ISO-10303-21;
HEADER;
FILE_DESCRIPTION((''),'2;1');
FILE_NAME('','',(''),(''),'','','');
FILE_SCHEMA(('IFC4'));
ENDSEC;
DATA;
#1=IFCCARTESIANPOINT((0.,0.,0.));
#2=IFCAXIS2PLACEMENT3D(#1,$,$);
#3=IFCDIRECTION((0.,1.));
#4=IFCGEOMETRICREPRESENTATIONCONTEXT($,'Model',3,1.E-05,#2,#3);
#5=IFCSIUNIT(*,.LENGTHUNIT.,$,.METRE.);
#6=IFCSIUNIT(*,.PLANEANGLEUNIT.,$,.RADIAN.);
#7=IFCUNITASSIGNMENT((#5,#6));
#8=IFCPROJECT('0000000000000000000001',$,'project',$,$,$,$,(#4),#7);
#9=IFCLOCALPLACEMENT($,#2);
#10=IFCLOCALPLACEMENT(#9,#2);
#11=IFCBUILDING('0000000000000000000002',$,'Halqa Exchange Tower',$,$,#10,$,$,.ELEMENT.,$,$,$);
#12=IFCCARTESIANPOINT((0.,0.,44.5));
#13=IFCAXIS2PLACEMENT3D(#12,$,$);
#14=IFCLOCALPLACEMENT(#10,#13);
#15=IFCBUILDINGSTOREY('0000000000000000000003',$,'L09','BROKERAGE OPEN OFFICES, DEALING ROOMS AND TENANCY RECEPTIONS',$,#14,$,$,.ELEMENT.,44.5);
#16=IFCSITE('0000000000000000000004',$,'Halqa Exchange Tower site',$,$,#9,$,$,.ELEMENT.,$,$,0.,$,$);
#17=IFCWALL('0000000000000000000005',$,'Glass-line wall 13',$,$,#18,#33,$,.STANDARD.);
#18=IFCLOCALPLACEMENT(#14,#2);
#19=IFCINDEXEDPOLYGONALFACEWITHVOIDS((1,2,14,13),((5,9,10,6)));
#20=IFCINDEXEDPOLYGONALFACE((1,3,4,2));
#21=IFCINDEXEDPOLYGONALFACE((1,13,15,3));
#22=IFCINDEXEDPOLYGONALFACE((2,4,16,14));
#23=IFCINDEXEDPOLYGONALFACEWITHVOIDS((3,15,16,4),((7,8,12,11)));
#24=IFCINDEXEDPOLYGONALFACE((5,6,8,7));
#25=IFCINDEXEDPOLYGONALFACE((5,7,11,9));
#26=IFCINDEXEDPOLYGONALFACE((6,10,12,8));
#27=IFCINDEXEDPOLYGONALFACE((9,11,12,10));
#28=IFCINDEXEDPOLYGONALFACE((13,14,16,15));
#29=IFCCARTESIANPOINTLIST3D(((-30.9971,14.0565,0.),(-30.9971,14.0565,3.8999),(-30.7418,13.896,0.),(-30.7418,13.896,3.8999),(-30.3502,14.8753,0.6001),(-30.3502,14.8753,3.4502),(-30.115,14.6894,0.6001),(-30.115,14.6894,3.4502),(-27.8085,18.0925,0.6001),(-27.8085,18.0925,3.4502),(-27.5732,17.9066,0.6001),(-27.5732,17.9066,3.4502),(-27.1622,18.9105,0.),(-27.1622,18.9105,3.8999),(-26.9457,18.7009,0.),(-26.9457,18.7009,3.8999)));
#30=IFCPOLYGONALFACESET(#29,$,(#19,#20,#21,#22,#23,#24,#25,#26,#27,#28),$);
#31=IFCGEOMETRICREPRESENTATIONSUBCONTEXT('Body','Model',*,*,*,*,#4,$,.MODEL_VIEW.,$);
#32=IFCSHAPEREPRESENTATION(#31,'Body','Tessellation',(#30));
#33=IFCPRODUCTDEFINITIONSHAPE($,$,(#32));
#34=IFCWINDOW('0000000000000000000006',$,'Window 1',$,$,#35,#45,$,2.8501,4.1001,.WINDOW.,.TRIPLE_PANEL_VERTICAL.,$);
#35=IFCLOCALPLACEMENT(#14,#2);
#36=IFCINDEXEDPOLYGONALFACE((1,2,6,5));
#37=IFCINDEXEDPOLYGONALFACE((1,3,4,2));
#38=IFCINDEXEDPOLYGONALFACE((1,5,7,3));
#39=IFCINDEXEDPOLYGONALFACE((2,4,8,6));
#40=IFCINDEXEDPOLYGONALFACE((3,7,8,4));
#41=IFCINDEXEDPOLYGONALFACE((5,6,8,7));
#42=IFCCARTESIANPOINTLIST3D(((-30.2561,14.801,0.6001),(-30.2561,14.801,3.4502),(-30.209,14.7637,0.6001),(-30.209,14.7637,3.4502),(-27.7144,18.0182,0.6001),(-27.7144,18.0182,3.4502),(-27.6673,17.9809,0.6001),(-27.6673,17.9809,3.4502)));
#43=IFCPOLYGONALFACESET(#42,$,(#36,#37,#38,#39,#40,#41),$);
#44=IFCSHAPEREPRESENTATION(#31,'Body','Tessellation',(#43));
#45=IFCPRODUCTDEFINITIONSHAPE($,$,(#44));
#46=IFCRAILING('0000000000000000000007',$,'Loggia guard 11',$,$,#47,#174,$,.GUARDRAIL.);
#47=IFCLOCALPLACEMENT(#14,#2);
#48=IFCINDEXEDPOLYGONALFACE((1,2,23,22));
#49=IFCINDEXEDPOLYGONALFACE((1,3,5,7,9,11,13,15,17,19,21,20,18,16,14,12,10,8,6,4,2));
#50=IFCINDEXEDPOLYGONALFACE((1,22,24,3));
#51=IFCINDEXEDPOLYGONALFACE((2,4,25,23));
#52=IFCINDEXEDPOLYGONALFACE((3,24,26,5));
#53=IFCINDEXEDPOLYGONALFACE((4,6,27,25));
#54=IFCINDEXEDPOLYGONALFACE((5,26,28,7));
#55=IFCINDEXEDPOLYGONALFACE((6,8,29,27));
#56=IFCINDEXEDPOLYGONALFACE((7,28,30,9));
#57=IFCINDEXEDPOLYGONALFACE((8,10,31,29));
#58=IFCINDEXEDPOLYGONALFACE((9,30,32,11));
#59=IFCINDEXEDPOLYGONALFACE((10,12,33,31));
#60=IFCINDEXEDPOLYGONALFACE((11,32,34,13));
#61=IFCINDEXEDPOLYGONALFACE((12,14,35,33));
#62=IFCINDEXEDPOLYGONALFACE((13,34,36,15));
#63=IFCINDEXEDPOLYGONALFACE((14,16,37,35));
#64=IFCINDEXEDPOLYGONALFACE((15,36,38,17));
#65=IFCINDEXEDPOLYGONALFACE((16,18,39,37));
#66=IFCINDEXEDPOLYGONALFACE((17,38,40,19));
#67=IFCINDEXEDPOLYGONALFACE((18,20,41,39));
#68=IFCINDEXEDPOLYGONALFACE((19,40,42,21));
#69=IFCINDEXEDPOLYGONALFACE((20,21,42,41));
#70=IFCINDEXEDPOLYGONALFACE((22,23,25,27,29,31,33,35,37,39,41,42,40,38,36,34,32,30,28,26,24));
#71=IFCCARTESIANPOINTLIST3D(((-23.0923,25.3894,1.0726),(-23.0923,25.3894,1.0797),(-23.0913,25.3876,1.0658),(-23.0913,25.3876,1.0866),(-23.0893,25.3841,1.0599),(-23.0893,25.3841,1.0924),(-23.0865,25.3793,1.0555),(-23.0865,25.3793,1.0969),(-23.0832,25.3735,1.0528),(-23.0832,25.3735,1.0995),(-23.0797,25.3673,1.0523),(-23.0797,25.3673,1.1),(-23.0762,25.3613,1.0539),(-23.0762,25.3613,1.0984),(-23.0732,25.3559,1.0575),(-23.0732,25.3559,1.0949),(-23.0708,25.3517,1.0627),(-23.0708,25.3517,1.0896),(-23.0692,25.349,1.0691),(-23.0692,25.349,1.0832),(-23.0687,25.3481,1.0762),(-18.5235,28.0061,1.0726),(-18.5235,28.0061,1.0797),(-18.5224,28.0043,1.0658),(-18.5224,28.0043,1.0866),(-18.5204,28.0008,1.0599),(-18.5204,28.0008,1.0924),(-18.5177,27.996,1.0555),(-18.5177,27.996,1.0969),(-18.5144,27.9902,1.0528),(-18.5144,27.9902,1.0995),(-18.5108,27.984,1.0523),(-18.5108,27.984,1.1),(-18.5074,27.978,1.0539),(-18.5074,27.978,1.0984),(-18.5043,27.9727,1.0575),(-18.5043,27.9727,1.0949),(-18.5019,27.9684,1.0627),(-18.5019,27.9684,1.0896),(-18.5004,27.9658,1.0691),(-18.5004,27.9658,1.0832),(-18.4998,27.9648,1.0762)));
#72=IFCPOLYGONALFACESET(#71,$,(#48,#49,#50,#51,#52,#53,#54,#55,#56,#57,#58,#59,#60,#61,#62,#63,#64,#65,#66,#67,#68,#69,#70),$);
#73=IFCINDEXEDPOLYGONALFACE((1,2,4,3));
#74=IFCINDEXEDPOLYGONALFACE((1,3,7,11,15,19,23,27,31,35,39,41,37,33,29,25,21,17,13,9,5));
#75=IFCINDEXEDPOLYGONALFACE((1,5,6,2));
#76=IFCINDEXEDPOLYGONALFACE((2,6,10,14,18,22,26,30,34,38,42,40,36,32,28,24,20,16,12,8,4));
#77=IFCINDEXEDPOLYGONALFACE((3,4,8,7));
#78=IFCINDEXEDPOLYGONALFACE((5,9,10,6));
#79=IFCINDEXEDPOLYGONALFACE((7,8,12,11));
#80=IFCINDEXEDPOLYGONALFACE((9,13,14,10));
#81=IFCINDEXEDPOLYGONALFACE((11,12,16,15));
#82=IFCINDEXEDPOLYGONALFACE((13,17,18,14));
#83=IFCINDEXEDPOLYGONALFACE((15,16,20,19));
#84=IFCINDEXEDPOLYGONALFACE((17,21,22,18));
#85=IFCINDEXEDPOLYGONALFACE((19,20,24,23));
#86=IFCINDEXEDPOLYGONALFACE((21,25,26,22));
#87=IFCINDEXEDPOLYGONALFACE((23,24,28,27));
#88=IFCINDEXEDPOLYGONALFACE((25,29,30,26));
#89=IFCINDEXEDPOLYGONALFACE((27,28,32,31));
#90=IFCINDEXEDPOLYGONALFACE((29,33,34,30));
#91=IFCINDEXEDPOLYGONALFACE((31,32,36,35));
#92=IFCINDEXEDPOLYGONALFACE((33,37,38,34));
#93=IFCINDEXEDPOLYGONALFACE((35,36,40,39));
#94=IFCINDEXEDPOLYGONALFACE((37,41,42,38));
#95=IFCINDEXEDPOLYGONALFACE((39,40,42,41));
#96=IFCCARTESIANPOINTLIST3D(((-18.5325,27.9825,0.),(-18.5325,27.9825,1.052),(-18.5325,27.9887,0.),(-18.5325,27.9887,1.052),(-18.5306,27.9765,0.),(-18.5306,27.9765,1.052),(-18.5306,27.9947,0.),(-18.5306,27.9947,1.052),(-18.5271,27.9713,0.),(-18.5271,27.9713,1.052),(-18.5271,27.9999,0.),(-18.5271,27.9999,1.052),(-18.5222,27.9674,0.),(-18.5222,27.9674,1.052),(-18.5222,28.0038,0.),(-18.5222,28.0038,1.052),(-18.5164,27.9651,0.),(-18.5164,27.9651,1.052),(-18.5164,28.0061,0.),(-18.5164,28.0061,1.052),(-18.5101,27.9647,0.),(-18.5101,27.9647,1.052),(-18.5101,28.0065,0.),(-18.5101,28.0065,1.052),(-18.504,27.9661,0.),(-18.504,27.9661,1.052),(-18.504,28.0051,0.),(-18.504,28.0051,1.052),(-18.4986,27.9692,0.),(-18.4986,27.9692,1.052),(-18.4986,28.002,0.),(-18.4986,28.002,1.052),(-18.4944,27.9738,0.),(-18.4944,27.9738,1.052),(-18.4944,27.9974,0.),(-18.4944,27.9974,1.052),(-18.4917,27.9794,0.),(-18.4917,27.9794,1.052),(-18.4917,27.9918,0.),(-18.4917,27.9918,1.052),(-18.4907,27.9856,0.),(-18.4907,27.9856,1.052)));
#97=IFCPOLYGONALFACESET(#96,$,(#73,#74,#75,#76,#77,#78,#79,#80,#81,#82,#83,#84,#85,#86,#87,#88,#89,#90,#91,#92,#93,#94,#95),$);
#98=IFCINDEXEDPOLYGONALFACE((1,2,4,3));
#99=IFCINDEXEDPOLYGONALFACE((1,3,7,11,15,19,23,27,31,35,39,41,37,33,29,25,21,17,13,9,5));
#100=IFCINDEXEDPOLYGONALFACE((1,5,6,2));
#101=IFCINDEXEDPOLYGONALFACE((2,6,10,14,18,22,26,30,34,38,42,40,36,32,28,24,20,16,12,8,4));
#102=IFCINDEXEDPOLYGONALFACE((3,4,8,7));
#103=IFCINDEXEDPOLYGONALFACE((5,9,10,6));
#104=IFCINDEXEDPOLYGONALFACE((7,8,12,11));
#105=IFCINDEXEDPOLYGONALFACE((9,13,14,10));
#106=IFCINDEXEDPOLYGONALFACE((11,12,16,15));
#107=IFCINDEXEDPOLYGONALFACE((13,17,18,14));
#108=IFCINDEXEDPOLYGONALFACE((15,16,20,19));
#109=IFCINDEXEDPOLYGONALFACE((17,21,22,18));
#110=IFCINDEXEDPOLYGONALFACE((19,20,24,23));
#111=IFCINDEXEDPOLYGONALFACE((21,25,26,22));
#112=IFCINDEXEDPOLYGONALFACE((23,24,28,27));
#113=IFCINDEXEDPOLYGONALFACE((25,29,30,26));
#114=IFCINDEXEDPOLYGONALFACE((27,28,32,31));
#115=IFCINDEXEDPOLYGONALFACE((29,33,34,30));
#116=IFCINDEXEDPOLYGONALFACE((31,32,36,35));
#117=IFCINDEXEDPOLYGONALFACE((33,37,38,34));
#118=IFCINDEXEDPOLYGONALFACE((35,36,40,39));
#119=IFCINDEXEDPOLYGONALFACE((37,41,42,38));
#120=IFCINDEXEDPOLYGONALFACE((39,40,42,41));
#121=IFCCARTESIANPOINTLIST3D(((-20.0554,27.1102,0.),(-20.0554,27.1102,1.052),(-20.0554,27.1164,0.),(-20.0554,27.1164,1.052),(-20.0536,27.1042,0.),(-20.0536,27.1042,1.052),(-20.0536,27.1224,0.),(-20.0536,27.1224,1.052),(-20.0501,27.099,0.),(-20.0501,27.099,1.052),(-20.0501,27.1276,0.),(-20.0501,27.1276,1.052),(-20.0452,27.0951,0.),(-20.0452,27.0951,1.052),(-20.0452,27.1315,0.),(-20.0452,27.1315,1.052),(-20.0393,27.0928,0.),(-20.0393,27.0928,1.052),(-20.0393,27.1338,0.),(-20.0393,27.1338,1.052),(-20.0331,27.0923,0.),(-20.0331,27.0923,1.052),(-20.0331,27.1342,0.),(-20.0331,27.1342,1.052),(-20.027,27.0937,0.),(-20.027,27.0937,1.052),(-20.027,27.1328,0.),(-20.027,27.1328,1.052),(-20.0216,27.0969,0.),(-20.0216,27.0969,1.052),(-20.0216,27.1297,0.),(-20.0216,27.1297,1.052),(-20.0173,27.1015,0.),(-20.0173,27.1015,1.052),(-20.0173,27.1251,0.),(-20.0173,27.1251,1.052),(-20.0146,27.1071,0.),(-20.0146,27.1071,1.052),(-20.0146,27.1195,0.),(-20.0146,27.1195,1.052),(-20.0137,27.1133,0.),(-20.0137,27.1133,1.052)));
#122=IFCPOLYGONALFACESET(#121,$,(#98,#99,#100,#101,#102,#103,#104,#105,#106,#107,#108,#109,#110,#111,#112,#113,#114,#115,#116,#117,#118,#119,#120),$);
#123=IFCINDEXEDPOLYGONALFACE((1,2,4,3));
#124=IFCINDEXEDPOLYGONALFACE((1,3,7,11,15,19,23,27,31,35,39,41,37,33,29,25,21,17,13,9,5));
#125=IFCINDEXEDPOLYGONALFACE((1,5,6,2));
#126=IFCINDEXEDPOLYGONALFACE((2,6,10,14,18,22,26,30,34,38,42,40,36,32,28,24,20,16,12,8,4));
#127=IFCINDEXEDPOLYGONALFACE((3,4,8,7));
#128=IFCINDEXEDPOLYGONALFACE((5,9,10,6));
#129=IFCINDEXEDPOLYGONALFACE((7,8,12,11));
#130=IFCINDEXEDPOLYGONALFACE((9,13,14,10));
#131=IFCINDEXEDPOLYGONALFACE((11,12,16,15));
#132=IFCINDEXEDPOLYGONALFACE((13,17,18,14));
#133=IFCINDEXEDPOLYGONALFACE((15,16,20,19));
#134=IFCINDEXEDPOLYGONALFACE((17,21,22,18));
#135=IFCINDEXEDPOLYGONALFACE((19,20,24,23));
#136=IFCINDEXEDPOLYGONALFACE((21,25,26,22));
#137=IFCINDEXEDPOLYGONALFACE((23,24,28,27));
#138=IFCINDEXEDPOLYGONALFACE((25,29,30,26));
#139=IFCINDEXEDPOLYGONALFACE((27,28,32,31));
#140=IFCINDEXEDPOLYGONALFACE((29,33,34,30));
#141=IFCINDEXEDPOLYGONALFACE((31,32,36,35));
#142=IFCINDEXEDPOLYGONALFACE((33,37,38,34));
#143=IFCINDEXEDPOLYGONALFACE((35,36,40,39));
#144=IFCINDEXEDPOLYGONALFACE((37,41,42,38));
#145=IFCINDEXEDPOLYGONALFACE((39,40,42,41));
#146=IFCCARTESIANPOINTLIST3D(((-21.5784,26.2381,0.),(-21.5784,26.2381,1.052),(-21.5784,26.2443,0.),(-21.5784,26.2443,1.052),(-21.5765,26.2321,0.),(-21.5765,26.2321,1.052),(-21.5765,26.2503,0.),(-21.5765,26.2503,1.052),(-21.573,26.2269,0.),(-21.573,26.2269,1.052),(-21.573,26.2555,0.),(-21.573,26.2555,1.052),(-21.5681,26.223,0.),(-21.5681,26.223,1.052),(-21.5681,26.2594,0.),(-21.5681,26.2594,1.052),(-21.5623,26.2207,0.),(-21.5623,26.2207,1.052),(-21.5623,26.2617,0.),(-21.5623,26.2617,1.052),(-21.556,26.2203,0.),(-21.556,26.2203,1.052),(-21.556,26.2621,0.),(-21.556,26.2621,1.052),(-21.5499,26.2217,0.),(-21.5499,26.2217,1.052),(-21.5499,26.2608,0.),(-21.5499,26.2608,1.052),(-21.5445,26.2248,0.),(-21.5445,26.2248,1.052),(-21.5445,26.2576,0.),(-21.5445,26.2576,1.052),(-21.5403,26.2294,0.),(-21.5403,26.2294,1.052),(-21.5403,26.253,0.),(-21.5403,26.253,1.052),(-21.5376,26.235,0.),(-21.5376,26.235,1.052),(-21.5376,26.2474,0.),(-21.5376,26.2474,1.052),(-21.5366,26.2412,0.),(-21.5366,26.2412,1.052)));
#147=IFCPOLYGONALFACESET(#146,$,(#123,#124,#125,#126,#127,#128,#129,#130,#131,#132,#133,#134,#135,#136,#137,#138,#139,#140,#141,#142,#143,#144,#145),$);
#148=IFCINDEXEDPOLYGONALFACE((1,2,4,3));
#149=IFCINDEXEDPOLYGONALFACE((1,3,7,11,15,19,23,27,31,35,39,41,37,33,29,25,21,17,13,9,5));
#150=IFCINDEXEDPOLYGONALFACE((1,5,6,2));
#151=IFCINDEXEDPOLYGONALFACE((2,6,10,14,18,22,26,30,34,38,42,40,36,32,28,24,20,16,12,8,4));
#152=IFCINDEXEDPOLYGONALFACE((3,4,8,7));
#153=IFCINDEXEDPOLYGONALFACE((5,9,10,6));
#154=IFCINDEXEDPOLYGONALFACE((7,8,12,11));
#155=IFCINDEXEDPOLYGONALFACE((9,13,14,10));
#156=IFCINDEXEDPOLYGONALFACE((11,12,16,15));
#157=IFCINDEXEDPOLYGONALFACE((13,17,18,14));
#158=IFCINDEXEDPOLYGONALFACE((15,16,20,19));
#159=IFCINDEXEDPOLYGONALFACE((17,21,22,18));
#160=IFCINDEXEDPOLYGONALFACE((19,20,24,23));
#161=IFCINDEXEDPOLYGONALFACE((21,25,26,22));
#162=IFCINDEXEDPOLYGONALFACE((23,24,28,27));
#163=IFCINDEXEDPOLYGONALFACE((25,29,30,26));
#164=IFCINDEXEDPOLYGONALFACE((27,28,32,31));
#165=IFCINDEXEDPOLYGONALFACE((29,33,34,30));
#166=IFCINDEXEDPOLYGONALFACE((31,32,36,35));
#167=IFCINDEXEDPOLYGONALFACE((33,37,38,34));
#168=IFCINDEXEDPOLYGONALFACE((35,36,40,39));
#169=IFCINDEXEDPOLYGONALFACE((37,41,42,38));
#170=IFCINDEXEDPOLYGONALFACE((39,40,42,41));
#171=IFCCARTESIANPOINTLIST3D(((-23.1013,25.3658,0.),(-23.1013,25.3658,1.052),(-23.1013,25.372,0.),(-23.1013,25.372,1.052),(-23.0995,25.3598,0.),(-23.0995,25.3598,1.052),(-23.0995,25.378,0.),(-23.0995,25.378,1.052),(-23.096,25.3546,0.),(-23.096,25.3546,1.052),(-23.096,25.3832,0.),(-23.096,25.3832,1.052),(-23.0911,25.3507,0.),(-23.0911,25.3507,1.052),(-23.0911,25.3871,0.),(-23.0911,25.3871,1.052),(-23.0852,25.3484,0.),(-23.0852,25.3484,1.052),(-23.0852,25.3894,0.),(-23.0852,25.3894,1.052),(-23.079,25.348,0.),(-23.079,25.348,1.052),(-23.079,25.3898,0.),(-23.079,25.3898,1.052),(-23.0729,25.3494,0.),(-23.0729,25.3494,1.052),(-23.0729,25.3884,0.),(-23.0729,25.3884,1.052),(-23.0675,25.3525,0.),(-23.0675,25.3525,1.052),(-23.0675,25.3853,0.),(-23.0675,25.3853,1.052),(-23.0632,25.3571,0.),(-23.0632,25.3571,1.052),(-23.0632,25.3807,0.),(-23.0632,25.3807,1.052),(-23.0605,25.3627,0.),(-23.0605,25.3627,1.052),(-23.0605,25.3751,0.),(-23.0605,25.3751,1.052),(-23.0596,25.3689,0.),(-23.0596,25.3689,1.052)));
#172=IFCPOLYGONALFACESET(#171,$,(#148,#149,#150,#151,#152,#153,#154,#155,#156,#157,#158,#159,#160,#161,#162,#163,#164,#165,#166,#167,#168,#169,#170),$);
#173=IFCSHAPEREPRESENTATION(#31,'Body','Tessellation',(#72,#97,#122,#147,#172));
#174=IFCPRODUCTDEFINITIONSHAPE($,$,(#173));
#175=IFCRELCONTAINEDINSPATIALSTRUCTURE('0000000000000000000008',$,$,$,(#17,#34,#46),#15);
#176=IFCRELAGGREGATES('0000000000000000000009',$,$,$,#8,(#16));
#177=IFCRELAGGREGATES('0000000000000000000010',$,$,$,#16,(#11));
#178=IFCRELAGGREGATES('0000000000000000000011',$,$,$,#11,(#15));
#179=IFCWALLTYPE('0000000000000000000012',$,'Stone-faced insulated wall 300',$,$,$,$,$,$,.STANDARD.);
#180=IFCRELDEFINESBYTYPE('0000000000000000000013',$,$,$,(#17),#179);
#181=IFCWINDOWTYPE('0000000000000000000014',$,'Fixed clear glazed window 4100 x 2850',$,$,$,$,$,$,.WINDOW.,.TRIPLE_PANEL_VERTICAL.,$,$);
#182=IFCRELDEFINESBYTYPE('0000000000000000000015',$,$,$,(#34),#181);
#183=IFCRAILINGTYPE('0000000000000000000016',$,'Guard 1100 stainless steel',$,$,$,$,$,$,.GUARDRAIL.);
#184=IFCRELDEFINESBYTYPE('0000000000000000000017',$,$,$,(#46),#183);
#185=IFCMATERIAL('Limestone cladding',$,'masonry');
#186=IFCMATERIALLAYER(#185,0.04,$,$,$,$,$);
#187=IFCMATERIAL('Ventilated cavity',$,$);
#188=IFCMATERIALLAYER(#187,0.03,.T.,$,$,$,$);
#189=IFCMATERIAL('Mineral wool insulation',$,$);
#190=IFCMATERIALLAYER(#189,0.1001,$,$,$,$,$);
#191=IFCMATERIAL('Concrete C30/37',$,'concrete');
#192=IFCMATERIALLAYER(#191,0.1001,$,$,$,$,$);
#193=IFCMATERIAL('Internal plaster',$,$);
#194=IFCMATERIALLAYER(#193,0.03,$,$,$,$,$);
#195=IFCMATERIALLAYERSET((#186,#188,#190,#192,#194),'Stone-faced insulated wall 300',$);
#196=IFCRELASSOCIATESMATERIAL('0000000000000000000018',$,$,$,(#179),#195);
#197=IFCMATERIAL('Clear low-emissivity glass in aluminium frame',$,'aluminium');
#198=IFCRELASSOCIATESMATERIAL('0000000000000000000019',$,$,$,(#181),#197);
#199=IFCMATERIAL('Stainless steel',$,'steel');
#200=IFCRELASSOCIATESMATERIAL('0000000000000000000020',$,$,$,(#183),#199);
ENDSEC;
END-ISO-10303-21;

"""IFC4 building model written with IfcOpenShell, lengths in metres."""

from ifc_helpers import new_model, si_unit, direction, frame, frame_2d, origin, origin_2d, place, context, subcontext, project, spatial, polyline, rectangle, circle, outline, extrude, material, layer, layer_set, type_object, element, fill, save


model = new_model("IFC4")

# Units and contexts
model_context = context("Model", 3, precision=1e-05, world=origin(), true_north=direction((0.0, 1.0)))
body_context = subcontext(model_context, "Body", "Model", "MODEL_VIEW")
ifc_project = project(units=[si_unit("LENGTHUNIT", "METRE"), si_unit("PLANEANGLEUNIT", "RADIAN")], contexts=[model_context])

# Site, building, storey
site_placement = place(None, origin())
site = spatial("IfcSite", under=ifc_project, at=site_placement, Name="Halqa Exchange Tower site", CompositionType="ELEMENT", RefElevation=0.0)
building_placement = place(site_placement, origin())
building = spatial("IfcBuilding", under=site, at=building_placement, Name="Halqa Exchange Tower", CompositionType="ELEMENT")
storey_placement = place(building_placement, frame((0.0, 0.0, 44.5)))
storey = spatial("IfcBuildingStorey", under=building, at=storey_placement, Name="L09", Description="BROKERAGE OPEN OFFICES, DEALING ROOMS AND TENANCY RECEPTIONS", CompositionType="ELEMENT", Elevation=44.5)

# Shared definitions
ifc_material_1 = material(Name="Limestone cladding", Category="masonry")
ifc_layer_1 = layer(ifc_material_1, 0.04)
ifc_material_2 = material(Name="Ventilated cavity")
ifc_layer_2 = layer(ifc_material_2, 0.03, ventilated=True)
ifc_material_3 = material(Name="Mineral wool insulation")
ifc_layer_3 = layer(ifc_material_3, 0.1001)
ifc_material_4 = material(Name="Concrete C30/37", Category="concrete")
ifc_layer_4 = layer(ifc_material_4, 0.1001)
ifc_material_5 = material(Name="Internal plaster")
ifc_layer_5 = layer(ifc_material_5, 0.03)
ifc_layer_set_1 = layer_set([ifc_layer_1, ifc_layer_2, ifc_layer_3, ifc_layer_4, ifc_layer_5], Name="Stone-faced insulated wall 300")
wall_type_1 = type_object("IfcWallType", Name="Stone-faced insulated wall 300", PredefinedType="STANDARD", material=ifc_layer_set_1)
ifc_material_6 = material(Name="Clear low-emissivity glass in aluminium frame", Category="aluminium")
window_type = type_object("IfcWindowType", Name="Fixed clear glazed window 4100 x 2850", PartitioningType="TRIPLE_PANEL_VERTICAL", PredefinedType="WINDOW", material=ifc_material_6)

# Wall, opening, window
wall_1_placement = place(storey_placement, frame((-27.054, 18.8057, 0.0), z_axis=(0.0, 0.0, 1.0), x_axis=(-0.619923, -0.784662, 0.0)))
wall_1 = element("IfcWall", 1, at=wall_1_placement, inside=storey, type_object=wall_type_1, Name="Glass-line wall 13", PredefinedType="STANDARD", context=body_context, shape_type="SweptSolid", body=[
    extrude(outline(polyline([(-0.0151, -0.1499), (6.1709, -0.1499), (6.1387, 0.1499), (0.0151, 0.1499), (-0.0151, -0.1499)])), origin(), (0.0, 0.0, 1.0), 3.8999),
])
opening_1_placement = place(wall_1_placement, frame((1.0273, 0.0, 0.6001)))
opening_1 = element("IfcOpeningElement", 2, at=opening_1_placement, cuts=wall_1, PredefinedType="OPENING", context=body_context, shape_type="SweptSolid", body=[
    extrude(rectangle(XDim=4.1001, YDim=2.8501, at=frame_2d((2.05, 1.425))), frame((0.0, 0.1621, 0.0), z_axis=(0.0, -1.0, 0.0), x_axis=(1.0, 0.0, 0.0)), (0.0, 0.0, 1.0), 0.324),
])
window_1_placement = place(opening_1_placement, origin())
window_1 = element("IfcWindow", 3, at=window_1_placement, inside=storey, type_object=window_type, Name="Window 1", OverallHeight=2.8501, OverallWidth=4.1001, PartitioningType="TRIPLE_PANEL_VERTICAL", PredefinedType="WINDOW", context=body_context, shape_type="SweptSolid", body=[
    extrude(rectangle(XDim=4.1001, YDim=2.8501, at=frame_2d((2.05, 1.425))), frame((0.0, 0.03, 0.0), z_axis=(0.0, -1.0, 0.0), x_axis=(1.0, 0.0, 0.0)), (0.0, 0.0, 1.0), 0.0601),
])
fill(opening_1, window_1)

# Railing
ifc_material_7 = material(Name="Stainless steel", Category="steel")
railing_type = type_object("IfcRailingType", Name="Guard 1100 stainless steel", PredefinedType="GUARDRAIL", material=ifc_material_7)
railing_1_placement = place(storey_placement, frame((-18.5117, 27.9856, 0.0)))
element("IfcRailing", 4, at=railing_1_placement, inside=storey, type_object=railing_type, Name="Loggia guard 11", PredefinedType="GUARDRAIL", context=body_context, shape_type="SweptSolid", body=[
    extrude(circle(Radius=0.0239, at=origin_2d()), frame((0.0, 0.0, 1.0762), z_axis=(-0.867758, -0.496988, 0.0), x_axis=(0.496988, -0.867758, 0.0)), (0.0, 0.0, 1.0), 5.2651),
    extrude(circle(Radius=0.021, at=origin_2d()), origin(), (0.0, 0.0, 1.0), 1.052),
    extrude(circle(Radius=0.021, at=origin_2d()), frame((-1.5229, -0.8723, 0.0)), (0.0, 0.0, 1.0), 1.052),
    extrude(circle(Radius=0.021, at=origin_2d()), frame((-3.0459, -1.7444, 0.0)), (0.0, 0.0, 1.0), 1.052),
    extrude(circle(Radius=0.021, at=origin_2d()), frame((-4.5688, -2.6167, 0.0)), (0.0, 0.0, 1.0), 1.052),
])

save(model, "model.ifc")
